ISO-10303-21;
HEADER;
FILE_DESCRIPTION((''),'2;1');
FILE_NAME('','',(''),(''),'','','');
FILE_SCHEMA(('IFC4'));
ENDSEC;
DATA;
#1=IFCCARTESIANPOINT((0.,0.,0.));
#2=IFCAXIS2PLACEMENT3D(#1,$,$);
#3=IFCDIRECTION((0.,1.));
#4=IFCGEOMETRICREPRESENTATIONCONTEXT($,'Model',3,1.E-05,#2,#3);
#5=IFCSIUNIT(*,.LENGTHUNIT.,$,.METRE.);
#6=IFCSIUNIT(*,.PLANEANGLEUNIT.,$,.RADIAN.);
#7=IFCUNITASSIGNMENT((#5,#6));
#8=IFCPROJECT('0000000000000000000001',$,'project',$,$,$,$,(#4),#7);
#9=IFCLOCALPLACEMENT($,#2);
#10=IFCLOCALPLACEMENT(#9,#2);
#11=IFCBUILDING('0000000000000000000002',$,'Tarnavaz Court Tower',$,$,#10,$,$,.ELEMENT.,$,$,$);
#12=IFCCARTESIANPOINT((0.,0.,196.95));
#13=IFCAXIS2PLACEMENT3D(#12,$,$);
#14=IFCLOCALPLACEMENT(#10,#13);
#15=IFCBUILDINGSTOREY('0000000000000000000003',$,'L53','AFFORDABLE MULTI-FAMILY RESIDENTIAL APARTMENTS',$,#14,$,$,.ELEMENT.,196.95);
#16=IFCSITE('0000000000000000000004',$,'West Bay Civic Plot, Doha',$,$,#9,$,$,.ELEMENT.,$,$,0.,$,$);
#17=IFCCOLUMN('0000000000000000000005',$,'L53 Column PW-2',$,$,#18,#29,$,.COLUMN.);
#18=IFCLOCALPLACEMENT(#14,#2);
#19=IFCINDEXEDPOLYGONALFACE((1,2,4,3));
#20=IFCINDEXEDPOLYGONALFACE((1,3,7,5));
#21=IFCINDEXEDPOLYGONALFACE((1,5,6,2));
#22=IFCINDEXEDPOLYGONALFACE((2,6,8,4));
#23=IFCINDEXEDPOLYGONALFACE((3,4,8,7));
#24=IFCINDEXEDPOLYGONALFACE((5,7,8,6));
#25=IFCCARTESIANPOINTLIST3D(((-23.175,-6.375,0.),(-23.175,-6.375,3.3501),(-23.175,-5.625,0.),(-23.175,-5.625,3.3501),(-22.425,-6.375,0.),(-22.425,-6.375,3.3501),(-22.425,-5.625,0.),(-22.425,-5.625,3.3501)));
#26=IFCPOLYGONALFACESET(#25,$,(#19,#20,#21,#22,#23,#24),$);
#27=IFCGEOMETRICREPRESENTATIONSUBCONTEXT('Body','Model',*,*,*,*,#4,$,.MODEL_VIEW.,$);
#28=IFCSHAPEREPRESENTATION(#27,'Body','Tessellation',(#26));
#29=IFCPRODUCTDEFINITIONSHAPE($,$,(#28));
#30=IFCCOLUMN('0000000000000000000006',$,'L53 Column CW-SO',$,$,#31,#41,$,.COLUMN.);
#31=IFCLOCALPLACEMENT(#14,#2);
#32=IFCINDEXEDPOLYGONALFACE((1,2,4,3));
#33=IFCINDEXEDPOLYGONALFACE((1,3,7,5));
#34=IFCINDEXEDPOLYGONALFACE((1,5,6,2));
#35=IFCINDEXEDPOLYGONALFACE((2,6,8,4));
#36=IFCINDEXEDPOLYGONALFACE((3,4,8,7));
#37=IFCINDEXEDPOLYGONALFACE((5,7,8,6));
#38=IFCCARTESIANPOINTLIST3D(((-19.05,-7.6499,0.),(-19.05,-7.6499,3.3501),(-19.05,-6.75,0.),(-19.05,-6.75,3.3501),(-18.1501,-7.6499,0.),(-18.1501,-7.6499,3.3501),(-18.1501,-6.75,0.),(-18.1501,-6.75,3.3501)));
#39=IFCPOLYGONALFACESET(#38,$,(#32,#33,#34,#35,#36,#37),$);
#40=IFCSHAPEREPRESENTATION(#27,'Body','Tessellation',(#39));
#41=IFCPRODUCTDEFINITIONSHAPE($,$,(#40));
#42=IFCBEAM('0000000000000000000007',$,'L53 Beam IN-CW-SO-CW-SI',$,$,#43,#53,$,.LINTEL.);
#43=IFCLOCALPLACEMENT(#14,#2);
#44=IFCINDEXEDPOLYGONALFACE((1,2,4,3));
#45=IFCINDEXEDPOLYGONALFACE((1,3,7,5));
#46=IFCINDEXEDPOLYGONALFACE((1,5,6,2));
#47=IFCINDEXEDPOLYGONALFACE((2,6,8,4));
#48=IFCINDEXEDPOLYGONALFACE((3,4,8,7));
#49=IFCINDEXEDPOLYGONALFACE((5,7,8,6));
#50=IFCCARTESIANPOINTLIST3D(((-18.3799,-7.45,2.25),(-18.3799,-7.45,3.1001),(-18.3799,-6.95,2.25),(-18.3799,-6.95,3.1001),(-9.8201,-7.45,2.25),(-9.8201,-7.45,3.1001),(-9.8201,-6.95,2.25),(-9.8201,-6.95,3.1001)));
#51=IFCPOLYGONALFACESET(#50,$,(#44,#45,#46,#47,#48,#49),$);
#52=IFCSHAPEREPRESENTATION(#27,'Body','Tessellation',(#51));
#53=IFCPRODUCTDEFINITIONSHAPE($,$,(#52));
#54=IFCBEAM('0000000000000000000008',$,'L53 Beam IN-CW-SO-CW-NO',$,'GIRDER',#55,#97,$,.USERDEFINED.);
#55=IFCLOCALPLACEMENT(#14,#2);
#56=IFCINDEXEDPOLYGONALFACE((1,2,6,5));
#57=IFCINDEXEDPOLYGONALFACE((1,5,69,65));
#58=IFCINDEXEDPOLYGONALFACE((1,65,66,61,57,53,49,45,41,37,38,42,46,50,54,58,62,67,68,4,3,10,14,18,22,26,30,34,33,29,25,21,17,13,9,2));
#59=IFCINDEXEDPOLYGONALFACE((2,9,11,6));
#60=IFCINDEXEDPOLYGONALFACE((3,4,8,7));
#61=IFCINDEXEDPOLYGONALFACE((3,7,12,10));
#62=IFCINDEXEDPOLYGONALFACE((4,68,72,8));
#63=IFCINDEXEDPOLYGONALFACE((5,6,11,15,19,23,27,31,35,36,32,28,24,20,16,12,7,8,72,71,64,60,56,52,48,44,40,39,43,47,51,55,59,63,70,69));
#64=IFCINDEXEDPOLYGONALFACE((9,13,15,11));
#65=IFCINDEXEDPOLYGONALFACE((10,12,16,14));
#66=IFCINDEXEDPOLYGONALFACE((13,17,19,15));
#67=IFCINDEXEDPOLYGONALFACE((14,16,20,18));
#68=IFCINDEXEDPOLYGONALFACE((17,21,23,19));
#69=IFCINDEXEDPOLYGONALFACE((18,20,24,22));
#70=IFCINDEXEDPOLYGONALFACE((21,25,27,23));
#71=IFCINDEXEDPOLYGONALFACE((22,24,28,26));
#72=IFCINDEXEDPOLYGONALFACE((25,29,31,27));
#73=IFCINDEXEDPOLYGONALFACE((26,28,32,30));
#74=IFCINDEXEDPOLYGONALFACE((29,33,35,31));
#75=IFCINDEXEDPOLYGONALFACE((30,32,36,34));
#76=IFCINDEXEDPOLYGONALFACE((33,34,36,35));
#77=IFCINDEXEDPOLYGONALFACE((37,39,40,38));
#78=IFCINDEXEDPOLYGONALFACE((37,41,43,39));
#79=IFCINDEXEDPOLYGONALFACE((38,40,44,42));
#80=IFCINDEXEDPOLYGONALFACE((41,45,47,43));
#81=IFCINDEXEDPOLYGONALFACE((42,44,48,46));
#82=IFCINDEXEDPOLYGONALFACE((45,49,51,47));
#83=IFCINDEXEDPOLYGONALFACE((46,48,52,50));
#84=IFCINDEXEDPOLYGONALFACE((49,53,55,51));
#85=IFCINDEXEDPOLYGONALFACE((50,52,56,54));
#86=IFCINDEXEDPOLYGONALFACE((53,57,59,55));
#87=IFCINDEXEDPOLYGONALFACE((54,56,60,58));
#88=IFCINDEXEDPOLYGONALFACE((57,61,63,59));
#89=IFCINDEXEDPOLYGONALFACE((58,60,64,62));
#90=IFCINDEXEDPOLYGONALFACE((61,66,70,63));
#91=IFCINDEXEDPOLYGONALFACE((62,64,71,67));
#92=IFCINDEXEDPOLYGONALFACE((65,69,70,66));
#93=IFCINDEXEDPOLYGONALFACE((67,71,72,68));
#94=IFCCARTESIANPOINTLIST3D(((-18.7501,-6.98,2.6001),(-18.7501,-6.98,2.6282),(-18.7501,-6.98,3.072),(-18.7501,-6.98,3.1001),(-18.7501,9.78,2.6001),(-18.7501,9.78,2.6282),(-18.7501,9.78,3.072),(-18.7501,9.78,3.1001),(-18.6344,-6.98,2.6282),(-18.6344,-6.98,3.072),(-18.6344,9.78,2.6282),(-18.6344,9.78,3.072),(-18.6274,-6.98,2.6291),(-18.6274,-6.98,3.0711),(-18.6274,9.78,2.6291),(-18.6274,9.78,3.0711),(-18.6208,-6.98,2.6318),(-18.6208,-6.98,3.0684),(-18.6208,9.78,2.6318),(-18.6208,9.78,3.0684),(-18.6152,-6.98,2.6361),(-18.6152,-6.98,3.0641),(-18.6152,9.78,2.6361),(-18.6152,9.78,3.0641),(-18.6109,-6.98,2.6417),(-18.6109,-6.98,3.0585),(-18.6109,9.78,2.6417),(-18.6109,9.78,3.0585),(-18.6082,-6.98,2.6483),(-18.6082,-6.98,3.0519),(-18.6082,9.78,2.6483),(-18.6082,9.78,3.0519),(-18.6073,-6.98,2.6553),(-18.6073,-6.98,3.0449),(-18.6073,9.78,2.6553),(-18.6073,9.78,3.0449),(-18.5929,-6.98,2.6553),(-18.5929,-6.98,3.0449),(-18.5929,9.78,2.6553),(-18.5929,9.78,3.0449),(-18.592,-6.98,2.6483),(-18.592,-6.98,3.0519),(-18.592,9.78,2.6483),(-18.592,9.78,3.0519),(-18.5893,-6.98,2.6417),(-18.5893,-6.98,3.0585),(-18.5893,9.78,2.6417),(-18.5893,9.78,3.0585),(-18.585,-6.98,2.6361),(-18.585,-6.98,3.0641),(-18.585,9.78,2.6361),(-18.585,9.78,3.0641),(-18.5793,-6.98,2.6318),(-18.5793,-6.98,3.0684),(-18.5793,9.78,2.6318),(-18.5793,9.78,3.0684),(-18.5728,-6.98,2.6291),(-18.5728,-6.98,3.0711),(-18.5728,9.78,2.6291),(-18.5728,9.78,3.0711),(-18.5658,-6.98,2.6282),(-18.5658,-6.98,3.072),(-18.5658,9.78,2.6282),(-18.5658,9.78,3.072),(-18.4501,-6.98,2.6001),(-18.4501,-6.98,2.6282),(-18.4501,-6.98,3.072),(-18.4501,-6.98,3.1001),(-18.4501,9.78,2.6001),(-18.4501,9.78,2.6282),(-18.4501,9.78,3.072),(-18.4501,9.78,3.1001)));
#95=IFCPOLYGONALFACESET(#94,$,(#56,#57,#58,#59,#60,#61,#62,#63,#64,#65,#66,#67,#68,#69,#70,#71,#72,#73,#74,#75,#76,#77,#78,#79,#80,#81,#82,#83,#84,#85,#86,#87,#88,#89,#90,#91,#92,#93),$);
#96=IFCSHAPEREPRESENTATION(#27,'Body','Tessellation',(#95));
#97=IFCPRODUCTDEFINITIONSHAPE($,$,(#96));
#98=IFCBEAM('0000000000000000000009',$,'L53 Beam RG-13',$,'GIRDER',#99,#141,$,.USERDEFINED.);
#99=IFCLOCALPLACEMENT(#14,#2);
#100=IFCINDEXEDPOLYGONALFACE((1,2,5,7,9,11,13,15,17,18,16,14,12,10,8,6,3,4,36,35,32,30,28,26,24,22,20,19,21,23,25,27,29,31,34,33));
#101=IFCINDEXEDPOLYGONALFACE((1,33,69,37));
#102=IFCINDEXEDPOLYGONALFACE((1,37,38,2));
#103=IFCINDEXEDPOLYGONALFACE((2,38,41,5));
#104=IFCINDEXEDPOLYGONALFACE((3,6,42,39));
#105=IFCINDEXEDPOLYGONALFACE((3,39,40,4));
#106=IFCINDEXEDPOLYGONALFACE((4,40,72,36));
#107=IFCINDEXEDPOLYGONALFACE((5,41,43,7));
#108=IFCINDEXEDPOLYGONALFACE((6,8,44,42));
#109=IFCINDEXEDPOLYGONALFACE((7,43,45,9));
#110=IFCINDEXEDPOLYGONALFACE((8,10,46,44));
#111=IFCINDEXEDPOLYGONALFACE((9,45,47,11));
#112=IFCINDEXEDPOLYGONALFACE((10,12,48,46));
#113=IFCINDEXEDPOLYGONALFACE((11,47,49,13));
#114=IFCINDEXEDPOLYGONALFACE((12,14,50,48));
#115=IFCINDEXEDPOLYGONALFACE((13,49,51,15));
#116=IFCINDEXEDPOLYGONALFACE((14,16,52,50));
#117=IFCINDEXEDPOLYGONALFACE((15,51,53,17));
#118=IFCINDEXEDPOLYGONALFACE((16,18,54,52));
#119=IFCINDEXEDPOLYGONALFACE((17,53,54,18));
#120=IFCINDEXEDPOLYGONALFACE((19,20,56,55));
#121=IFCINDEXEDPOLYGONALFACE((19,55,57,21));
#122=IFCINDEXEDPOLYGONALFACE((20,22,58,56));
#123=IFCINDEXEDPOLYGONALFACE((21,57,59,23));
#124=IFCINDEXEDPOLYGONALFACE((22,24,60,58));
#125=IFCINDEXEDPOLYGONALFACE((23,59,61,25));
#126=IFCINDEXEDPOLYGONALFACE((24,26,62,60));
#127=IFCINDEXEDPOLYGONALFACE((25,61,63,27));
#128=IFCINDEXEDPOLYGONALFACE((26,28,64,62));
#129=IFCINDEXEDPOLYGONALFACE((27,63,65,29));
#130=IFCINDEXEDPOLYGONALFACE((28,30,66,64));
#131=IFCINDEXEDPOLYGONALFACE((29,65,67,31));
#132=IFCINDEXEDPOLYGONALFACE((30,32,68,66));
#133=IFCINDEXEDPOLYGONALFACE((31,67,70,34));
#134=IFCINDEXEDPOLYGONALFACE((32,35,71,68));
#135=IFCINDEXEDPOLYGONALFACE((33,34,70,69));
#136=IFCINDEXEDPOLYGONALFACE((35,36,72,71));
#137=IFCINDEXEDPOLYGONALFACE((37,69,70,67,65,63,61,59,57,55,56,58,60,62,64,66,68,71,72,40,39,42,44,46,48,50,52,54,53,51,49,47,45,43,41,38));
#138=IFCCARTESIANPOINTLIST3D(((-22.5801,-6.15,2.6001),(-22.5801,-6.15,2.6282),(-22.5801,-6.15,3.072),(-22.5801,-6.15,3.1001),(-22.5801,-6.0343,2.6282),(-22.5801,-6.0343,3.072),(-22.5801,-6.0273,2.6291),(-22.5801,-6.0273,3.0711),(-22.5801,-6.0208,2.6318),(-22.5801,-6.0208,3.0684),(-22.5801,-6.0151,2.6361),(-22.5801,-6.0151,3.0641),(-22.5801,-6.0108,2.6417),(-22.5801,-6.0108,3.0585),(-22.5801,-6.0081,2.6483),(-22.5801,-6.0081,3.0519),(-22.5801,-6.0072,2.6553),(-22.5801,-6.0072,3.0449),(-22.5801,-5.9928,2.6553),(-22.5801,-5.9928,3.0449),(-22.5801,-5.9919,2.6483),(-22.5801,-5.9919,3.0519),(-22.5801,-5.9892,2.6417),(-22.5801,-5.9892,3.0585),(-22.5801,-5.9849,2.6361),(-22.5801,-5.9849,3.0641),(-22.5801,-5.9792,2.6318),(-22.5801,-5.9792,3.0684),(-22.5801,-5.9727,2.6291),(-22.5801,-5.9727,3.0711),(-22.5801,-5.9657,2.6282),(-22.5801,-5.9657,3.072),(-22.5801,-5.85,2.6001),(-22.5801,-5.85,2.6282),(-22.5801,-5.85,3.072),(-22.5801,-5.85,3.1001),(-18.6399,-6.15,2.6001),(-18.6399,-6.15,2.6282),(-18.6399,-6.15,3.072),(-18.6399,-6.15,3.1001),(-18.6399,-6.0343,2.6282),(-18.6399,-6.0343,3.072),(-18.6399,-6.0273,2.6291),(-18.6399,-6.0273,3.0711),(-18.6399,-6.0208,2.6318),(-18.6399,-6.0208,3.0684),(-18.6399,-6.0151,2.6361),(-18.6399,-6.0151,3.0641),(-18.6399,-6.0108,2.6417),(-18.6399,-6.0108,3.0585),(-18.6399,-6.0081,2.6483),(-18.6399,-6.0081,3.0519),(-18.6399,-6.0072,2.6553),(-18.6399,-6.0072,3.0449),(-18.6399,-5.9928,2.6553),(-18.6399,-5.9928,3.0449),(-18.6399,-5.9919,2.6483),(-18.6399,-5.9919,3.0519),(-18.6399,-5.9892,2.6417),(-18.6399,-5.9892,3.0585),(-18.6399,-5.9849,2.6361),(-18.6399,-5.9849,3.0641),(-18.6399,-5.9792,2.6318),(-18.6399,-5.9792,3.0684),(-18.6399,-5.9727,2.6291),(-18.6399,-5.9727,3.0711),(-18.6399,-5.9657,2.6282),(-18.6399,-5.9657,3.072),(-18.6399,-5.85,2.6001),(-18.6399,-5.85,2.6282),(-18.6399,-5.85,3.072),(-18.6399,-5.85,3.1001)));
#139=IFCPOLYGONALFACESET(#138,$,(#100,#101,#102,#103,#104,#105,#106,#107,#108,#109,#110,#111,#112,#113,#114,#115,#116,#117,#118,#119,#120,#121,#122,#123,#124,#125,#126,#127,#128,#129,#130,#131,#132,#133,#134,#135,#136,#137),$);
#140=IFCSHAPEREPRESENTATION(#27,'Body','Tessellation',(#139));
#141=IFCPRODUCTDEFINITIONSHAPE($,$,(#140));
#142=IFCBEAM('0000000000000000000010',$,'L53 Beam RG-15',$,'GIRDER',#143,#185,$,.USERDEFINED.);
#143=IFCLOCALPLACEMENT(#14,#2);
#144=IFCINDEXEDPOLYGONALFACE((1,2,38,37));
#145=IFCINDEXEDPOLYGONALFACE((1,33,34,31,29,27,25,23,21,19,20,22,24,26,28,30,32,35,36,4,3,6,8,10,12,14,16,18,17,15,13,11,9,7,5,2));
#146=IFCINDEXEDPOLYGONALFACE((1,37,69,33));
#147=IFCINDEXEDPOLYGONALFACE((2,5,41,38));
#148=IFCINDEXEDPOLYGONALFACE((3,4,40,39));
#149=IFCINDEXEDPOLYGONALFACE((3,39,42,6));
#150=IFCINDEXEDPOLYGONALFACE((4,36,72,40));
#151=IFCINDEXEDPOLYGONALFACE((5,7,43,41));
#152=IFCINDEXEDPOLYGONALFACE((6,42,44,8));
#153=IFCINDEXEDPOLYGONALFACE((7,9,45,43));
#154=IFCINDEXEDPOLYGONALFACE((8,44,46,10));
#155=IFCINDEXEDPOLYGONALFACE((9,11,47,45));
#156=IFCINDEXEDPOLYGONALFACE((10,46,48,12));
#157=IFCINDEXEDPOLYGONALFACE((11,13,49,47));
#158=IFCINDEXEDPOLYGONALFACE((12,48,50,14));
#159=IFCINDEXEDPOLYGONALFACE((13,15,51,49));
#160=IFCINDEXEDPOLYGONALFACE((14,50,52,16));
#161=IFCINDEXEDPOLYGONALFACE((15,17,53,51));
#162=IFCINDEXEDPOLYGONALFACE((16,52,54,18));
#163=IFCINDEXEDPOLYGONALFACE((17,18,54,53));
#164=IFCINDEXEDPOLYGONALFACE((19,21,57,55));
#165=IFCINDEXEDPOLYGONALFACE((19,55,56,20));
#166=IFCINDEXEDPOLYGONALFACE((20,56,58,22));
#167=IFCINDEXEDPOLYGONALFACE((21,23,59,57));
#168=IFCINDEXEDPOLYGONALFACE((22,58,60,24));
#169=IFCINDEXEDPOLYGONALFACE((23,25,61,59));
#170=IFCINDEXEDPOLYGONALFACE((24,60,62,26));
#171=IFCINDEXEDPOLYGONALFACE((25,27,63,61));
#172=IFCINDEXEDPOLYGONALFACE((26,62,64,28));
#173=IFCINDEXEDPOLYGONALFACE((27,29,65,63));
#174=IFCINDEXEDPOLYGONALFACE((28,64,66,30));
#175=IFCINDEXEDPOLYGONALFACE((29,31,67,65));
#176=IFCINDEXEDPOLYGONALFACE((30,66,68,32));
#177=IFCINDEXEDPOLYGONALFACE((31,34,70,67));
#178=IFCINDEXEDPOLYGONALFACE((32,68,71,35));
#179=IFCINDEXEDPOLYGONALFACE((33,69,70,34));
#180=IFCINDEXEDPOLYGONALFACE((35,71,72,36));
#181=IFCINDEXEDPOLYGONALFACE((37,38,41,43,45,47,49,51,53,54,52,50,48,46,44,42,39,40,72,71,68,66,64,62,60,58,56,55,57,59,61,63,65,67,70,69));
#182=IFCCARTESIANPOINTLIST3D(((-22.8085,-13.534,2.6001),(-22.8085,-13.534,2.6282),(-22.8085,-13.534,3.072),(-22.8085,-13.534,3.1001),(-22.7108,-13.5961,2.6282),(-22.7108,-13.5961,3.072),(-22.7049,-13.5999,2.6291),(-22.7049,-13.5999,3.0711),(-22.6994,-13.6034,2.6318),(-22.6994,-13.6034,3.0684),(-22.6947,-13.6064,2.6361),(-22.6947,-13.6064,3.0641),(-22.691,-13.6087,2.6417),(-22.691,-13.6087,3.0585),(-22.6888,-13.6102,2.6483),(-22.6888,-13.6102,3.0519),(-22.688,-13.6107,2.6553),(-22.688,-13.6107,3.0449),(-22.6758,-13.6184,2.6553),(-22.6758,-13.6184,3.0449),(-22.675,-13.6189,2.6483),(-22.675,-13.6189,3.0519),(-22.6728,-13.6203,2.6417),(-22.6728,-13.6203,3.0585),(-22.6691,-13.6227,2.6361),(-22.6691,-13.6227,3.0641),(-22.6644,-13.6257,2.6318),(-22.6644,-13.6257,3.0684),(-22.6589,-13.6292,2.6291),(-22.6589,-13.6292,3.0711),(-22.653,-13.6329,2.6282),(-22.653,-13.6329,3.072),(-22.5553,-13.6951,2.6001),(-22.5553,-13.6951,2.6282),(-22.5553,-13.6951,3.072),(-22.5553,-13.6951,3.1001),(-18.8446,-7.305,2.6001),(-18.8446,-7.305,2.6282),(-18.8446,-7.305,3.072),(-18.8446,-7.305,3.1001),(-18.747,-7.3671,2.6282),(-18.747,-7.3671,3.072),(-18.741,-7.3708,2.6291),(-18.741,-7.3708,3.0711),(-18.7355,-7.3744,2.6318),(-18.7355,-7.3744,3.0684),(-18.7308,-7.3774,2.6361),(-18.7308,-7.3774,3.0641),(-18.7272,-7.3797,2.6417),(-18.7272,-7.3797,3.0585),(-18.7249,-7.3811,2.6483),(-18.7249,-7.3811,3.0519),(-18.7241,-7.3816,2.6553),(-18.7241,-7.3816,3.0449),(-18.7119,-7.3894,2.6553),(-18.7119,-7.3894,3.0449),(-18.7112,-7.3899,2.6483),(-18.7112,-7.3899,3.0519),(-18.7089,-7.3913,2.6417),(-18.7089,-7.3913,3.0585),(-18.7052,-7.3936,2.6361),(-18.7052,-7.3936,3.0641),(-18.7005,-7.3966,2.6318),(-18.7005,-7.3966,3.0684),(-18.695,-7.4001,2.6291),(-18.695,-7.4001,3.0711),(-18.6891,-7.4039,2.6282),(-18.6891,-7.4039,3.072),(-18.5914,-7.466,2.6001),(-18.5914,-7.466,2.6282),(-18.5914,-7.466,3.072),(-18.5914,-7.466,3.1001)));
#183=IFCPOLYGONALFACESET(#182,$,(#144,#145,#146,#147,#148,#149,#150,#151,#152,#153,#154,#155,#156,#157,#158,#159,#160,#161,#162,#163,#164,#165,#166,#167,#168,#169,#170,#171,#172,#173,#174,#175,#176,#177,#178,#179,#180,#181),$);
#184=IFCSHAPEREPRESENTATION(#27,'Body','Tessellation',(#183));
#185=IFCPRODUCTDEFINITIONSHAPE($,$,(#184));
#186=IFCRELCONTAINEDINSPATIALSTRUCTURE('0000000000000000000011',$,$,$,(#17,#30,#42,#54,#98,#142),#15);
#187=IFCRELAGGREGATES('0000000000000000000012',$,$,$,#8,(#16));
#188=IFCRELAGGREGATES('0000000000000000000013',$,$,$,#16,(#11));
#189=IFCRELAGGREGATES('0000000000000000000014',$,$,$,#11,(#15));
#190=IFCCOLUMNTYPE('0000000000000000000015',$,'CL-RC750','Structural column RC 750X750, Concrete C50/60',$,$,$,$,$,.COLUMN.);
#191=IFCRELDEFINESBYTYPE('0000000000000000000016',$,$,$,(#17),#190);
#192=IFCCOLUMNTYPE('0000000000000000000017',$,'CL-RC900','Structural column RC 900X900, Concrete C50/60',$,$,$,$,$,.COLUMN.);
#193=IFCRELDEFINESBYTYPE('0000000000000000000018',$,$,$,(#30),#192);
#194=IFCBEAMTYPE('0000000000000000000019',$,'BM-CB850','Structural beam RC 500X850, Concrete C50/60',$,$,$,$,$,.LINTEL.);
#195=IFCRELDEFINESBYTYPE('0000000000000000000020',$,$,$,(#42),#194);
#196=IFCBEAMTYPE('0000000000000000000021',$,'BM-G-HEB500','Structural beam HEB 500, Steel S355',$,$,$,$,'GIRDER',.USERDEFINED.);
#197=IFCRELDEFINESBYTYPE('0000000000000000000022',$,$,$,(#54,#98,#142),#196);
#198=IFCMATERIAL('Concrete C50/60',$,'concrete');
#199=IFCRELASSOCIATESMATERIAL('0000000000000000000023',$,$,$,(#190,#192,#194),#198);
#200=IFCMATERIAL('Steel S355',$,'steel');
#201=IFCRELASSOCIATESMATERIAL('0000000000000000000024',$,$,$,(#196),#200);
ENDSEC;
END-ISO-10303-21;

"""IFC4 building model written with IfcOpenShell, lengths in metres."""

from ifc_helpers import new_model, si_unit, direction, frame, origin, origin_2d, place, context, subcontext, project, spatial, rectangle, i_section, extrude, material, material_profile, profile_set, type_object, element, save


model = new_model("IFC4")

# Units and contexts
model_context = context("Model", 3, precision=1e-05, world=origin(), true_north=direction((0.0, 1.0)))
body_context = subcontext(model_context, "Body", "Model", "MODEL_VIEW")
ifc_project = project(units=[si_unit("LENGTHUNIT", "METRE"), si_unit("PLANEANGLEUNIT", "RADIAN")], contexts=[model_context])

# Site, building, storey
site_placement = place(None, origin())
site = spatial("IfcSite", under=ifc_project, at=site_placement, Name="West Bay Civic Plot, Doha", CompositionType="ELEMENT", RefElevation=0.0)
building_placement = place(site_placement, origin())
building = spatial("IfcBuilding", under=site, at=building_placement, Name="Tarnavaz Court Tower", CompositionType="ELEMENT")
storey_placement = place(building_placement, frame((0.0, 0.0, 196.95)))
storey = spatial("IfcBuildingStorey", under=building, at=storey_placement, Name="L53", Description="AFFORDABLE MULTI-FAMILY RESIDENTIAL APARTMENTS", CompositionType="ELEMENT", Elevation=196.95)

# Columns
ifc_material_1 = material(Name="Concrete C50/60", Category="concrete")
ifc_material_profile_1 = material_profile(ifc_material_1, rectangle(XDim=0.75, YDim=0.75, at=origin_2d()), Name="RC 750X750")
ifc_profile_set_1 = profile_set([ifc_material_profile_1], Name="Concrete C50/60")
column_type_1 = type_object("IfcColumnType", Name="CL-RC750", Description="Structural column RC 750X750, Concrete C50/60", PredefinedType="COLUMN", material=ifc_profile_set_1)
column_1_placement = place(storey_placement, frame((-22.8, -6.0, 0.0), z_axis=(0.0, 0.0, 1.0), x_axis=(1.0, 0.0, 0.0)))
element("IfcColumn", 1, at=column_1_placement, inside=storey, type_object=column_type_1, Name="L53 Column PW-2", PredefinedType="COLUMN", context=body_context, shape_type="SweptSolid", body=[
    extrude(rectangle(XDim=0.75, YDim=0.75, at=origin_2d()), origin(), (0.0, 0.0, 1.0), 3.3501),
])
ifc_material_profile_2 = material_profile(ifc_material_1, rectangle(XDim=0.8999, YDim=0.8999, at=origin_2d()), Name="RC 900X900")
ifc_profile_set_2 = profile_set([ifc_material_profile_2], Name="Concrete C50/60")
column_type_2 = type_object("IfcColumnType", Name="CL-RC900", Description="Structural column RC 900X900, Concrete C50/60", PredefinedType="COLUMN", material=ifc_profile_set_2)
column_2_placement = place(storey_placement, frame((-18.6001, -7.2, 0.0), z_axis=(0.0, 0.0, 1.0), x_axis=(1.0, 0.0, 0.0)))
element("IfcColumn", 2, at=column_2_placement, inside=storey, type_object=column_type_2, Name="L53 Column CW-SO", PredefinedType="COLUMN", context=body_context, shape_type="SweptSolid", body=[
    extrude(rectangle(XDim=0.8999, YDim=0.8999, at=origin_2d()), origin(), (0.0, 0.0, 1.0), 3.3501),
])

# Beams
ifc_material_profile_3 = material_profile(ifc_material_1, rectangle(XDim=0.5, YDim=0.8501, at=origin_2d()), Name="RC 500X850")
ifc_profile_set_3 = profile_set([ifc_material_profile_3], Name="Concrete C50/60")
beam_type_1 = type_object("IfcBeamType", Name="BM-CB850", Description="Structural beam RC 500X850, Concrete C50/60", PredefinedType="LINTEL", material=ifc_profile_set_3)
beam_1_placement = place(storey_placement, frame((-18.3799, -7.2, 2.675), z_axis=(1.0, 0.0, 0.0), x_axis=(0.0, 1.0, 0.0)))
element("IfcBeam", 3, at=beam_1_placement, inside=storey, type_object=beam_type_1, Name="L53 Beam IN-CW-SO-CW-SI", PredefinedType="LINTEL", context=body_context, shape_type="SweptSolid", body=[
    extrude(rectangle(XDim=0.5, YDim=0.8501, at=origin_2d()), origin(), (0.0, 0.0, 1.0), 8.5598),
])
ifc_material_2 = material(Name="Steel S355", Category="steel")
ifc_material_profile_4 = material_profile(ifc_material_2, i_section(OverallWidth=0.3, OverallDepth=0.5, WebThickness=0.0144, FlangeThickness=0.0281, FilletRadius=0.0271, at=origin_2d()), Name="HEB 500")
ifc_profile_set_4 = profile_set([ifc_material_profile_4], Name="Steel S355")
beam_type_2 = type_object("IfcBeamType", Name="BM-G-HEB500", Description="Structural beam HEB 500, Steel S355", ElementType="GIRDER", PredefinedType="USERDEFINED", material=ifc_profile_set_4)
beam_2_placement = place(storey_placement, frame((-18.6001, -6.98, 2.8501), z_axis=(0.0, 1.0, 0.0), x_axis=(-1.0, 0.0, 0.0)))
element("IfcBeam", 4, at=beam_2_placement, inside=storey, type_object=beam_type_2, Name="L53 Beam IN-CW-SO-CW-NO", ObjectType="GIRDER", PredefinedType="USERDEFINED", context=body_context, shape_type="SweptSolid", body=[
    extrude(i_section(OverallWidth=0.3, OverallDepth=0.5, WebThickness=0.0144, FlangeThickness=0.0281, FilletRadius=0.0271, at=origin_2d()), origin(), (0.0, 0.0, 1.0), 16.76),
])
beam_3_placement = place(storey_placement, frame((-18.6399, -6.0, 2.8501), z_axis=(-1.0, 0.0, 0.0), x_axis=(0.0, -1.0, 0.0)))
element("IfcBeam", 5, at=beam_3_placement, inside=storey, type_object=beam_type_2, Name="L53 Beam RG-13", ObjectType="GIRDER", PredefinedType="USERDEFINED", context=body_context, shape_type="SweptSolid", body=[
    extrude(i_section(OverallWidth=0.3, OverallDepth=0.5, WebThickness=0.0144, FlangeThickness=0.0281, FilletRadius=0.0271, at=origin_2d()), origin(), (0.0, 0.0, 1.0), 3.9402),
])
beam_4_placement = place(storey_placement, frame((-18.718, -7.3855, 2.8501), z_axis=(-0.536871, -0.843664, 0.0), x_axis=(0.843664, -0.536871, 0.0)))
element("IfcBeam", 6, at=beam_4_placement, inside=storey, type_object=beam_type_2, Name="L53 Beam RG-15", ObjectType="GIRDER", PredefinedType="USERDEFINED", context=body_context, shape_type="SweptSolid", body=[
    extrude(i_section(OverallWidth=0.3, OverallDepth=0.5, WebThickness=0.0144, FlangeThickness=0.0281, FilletRadius=0.0271, at=origin_2d()), origin(), (0.0, 0.0, 1.0), 7.3833),
])

save(model, "model.ifc")
